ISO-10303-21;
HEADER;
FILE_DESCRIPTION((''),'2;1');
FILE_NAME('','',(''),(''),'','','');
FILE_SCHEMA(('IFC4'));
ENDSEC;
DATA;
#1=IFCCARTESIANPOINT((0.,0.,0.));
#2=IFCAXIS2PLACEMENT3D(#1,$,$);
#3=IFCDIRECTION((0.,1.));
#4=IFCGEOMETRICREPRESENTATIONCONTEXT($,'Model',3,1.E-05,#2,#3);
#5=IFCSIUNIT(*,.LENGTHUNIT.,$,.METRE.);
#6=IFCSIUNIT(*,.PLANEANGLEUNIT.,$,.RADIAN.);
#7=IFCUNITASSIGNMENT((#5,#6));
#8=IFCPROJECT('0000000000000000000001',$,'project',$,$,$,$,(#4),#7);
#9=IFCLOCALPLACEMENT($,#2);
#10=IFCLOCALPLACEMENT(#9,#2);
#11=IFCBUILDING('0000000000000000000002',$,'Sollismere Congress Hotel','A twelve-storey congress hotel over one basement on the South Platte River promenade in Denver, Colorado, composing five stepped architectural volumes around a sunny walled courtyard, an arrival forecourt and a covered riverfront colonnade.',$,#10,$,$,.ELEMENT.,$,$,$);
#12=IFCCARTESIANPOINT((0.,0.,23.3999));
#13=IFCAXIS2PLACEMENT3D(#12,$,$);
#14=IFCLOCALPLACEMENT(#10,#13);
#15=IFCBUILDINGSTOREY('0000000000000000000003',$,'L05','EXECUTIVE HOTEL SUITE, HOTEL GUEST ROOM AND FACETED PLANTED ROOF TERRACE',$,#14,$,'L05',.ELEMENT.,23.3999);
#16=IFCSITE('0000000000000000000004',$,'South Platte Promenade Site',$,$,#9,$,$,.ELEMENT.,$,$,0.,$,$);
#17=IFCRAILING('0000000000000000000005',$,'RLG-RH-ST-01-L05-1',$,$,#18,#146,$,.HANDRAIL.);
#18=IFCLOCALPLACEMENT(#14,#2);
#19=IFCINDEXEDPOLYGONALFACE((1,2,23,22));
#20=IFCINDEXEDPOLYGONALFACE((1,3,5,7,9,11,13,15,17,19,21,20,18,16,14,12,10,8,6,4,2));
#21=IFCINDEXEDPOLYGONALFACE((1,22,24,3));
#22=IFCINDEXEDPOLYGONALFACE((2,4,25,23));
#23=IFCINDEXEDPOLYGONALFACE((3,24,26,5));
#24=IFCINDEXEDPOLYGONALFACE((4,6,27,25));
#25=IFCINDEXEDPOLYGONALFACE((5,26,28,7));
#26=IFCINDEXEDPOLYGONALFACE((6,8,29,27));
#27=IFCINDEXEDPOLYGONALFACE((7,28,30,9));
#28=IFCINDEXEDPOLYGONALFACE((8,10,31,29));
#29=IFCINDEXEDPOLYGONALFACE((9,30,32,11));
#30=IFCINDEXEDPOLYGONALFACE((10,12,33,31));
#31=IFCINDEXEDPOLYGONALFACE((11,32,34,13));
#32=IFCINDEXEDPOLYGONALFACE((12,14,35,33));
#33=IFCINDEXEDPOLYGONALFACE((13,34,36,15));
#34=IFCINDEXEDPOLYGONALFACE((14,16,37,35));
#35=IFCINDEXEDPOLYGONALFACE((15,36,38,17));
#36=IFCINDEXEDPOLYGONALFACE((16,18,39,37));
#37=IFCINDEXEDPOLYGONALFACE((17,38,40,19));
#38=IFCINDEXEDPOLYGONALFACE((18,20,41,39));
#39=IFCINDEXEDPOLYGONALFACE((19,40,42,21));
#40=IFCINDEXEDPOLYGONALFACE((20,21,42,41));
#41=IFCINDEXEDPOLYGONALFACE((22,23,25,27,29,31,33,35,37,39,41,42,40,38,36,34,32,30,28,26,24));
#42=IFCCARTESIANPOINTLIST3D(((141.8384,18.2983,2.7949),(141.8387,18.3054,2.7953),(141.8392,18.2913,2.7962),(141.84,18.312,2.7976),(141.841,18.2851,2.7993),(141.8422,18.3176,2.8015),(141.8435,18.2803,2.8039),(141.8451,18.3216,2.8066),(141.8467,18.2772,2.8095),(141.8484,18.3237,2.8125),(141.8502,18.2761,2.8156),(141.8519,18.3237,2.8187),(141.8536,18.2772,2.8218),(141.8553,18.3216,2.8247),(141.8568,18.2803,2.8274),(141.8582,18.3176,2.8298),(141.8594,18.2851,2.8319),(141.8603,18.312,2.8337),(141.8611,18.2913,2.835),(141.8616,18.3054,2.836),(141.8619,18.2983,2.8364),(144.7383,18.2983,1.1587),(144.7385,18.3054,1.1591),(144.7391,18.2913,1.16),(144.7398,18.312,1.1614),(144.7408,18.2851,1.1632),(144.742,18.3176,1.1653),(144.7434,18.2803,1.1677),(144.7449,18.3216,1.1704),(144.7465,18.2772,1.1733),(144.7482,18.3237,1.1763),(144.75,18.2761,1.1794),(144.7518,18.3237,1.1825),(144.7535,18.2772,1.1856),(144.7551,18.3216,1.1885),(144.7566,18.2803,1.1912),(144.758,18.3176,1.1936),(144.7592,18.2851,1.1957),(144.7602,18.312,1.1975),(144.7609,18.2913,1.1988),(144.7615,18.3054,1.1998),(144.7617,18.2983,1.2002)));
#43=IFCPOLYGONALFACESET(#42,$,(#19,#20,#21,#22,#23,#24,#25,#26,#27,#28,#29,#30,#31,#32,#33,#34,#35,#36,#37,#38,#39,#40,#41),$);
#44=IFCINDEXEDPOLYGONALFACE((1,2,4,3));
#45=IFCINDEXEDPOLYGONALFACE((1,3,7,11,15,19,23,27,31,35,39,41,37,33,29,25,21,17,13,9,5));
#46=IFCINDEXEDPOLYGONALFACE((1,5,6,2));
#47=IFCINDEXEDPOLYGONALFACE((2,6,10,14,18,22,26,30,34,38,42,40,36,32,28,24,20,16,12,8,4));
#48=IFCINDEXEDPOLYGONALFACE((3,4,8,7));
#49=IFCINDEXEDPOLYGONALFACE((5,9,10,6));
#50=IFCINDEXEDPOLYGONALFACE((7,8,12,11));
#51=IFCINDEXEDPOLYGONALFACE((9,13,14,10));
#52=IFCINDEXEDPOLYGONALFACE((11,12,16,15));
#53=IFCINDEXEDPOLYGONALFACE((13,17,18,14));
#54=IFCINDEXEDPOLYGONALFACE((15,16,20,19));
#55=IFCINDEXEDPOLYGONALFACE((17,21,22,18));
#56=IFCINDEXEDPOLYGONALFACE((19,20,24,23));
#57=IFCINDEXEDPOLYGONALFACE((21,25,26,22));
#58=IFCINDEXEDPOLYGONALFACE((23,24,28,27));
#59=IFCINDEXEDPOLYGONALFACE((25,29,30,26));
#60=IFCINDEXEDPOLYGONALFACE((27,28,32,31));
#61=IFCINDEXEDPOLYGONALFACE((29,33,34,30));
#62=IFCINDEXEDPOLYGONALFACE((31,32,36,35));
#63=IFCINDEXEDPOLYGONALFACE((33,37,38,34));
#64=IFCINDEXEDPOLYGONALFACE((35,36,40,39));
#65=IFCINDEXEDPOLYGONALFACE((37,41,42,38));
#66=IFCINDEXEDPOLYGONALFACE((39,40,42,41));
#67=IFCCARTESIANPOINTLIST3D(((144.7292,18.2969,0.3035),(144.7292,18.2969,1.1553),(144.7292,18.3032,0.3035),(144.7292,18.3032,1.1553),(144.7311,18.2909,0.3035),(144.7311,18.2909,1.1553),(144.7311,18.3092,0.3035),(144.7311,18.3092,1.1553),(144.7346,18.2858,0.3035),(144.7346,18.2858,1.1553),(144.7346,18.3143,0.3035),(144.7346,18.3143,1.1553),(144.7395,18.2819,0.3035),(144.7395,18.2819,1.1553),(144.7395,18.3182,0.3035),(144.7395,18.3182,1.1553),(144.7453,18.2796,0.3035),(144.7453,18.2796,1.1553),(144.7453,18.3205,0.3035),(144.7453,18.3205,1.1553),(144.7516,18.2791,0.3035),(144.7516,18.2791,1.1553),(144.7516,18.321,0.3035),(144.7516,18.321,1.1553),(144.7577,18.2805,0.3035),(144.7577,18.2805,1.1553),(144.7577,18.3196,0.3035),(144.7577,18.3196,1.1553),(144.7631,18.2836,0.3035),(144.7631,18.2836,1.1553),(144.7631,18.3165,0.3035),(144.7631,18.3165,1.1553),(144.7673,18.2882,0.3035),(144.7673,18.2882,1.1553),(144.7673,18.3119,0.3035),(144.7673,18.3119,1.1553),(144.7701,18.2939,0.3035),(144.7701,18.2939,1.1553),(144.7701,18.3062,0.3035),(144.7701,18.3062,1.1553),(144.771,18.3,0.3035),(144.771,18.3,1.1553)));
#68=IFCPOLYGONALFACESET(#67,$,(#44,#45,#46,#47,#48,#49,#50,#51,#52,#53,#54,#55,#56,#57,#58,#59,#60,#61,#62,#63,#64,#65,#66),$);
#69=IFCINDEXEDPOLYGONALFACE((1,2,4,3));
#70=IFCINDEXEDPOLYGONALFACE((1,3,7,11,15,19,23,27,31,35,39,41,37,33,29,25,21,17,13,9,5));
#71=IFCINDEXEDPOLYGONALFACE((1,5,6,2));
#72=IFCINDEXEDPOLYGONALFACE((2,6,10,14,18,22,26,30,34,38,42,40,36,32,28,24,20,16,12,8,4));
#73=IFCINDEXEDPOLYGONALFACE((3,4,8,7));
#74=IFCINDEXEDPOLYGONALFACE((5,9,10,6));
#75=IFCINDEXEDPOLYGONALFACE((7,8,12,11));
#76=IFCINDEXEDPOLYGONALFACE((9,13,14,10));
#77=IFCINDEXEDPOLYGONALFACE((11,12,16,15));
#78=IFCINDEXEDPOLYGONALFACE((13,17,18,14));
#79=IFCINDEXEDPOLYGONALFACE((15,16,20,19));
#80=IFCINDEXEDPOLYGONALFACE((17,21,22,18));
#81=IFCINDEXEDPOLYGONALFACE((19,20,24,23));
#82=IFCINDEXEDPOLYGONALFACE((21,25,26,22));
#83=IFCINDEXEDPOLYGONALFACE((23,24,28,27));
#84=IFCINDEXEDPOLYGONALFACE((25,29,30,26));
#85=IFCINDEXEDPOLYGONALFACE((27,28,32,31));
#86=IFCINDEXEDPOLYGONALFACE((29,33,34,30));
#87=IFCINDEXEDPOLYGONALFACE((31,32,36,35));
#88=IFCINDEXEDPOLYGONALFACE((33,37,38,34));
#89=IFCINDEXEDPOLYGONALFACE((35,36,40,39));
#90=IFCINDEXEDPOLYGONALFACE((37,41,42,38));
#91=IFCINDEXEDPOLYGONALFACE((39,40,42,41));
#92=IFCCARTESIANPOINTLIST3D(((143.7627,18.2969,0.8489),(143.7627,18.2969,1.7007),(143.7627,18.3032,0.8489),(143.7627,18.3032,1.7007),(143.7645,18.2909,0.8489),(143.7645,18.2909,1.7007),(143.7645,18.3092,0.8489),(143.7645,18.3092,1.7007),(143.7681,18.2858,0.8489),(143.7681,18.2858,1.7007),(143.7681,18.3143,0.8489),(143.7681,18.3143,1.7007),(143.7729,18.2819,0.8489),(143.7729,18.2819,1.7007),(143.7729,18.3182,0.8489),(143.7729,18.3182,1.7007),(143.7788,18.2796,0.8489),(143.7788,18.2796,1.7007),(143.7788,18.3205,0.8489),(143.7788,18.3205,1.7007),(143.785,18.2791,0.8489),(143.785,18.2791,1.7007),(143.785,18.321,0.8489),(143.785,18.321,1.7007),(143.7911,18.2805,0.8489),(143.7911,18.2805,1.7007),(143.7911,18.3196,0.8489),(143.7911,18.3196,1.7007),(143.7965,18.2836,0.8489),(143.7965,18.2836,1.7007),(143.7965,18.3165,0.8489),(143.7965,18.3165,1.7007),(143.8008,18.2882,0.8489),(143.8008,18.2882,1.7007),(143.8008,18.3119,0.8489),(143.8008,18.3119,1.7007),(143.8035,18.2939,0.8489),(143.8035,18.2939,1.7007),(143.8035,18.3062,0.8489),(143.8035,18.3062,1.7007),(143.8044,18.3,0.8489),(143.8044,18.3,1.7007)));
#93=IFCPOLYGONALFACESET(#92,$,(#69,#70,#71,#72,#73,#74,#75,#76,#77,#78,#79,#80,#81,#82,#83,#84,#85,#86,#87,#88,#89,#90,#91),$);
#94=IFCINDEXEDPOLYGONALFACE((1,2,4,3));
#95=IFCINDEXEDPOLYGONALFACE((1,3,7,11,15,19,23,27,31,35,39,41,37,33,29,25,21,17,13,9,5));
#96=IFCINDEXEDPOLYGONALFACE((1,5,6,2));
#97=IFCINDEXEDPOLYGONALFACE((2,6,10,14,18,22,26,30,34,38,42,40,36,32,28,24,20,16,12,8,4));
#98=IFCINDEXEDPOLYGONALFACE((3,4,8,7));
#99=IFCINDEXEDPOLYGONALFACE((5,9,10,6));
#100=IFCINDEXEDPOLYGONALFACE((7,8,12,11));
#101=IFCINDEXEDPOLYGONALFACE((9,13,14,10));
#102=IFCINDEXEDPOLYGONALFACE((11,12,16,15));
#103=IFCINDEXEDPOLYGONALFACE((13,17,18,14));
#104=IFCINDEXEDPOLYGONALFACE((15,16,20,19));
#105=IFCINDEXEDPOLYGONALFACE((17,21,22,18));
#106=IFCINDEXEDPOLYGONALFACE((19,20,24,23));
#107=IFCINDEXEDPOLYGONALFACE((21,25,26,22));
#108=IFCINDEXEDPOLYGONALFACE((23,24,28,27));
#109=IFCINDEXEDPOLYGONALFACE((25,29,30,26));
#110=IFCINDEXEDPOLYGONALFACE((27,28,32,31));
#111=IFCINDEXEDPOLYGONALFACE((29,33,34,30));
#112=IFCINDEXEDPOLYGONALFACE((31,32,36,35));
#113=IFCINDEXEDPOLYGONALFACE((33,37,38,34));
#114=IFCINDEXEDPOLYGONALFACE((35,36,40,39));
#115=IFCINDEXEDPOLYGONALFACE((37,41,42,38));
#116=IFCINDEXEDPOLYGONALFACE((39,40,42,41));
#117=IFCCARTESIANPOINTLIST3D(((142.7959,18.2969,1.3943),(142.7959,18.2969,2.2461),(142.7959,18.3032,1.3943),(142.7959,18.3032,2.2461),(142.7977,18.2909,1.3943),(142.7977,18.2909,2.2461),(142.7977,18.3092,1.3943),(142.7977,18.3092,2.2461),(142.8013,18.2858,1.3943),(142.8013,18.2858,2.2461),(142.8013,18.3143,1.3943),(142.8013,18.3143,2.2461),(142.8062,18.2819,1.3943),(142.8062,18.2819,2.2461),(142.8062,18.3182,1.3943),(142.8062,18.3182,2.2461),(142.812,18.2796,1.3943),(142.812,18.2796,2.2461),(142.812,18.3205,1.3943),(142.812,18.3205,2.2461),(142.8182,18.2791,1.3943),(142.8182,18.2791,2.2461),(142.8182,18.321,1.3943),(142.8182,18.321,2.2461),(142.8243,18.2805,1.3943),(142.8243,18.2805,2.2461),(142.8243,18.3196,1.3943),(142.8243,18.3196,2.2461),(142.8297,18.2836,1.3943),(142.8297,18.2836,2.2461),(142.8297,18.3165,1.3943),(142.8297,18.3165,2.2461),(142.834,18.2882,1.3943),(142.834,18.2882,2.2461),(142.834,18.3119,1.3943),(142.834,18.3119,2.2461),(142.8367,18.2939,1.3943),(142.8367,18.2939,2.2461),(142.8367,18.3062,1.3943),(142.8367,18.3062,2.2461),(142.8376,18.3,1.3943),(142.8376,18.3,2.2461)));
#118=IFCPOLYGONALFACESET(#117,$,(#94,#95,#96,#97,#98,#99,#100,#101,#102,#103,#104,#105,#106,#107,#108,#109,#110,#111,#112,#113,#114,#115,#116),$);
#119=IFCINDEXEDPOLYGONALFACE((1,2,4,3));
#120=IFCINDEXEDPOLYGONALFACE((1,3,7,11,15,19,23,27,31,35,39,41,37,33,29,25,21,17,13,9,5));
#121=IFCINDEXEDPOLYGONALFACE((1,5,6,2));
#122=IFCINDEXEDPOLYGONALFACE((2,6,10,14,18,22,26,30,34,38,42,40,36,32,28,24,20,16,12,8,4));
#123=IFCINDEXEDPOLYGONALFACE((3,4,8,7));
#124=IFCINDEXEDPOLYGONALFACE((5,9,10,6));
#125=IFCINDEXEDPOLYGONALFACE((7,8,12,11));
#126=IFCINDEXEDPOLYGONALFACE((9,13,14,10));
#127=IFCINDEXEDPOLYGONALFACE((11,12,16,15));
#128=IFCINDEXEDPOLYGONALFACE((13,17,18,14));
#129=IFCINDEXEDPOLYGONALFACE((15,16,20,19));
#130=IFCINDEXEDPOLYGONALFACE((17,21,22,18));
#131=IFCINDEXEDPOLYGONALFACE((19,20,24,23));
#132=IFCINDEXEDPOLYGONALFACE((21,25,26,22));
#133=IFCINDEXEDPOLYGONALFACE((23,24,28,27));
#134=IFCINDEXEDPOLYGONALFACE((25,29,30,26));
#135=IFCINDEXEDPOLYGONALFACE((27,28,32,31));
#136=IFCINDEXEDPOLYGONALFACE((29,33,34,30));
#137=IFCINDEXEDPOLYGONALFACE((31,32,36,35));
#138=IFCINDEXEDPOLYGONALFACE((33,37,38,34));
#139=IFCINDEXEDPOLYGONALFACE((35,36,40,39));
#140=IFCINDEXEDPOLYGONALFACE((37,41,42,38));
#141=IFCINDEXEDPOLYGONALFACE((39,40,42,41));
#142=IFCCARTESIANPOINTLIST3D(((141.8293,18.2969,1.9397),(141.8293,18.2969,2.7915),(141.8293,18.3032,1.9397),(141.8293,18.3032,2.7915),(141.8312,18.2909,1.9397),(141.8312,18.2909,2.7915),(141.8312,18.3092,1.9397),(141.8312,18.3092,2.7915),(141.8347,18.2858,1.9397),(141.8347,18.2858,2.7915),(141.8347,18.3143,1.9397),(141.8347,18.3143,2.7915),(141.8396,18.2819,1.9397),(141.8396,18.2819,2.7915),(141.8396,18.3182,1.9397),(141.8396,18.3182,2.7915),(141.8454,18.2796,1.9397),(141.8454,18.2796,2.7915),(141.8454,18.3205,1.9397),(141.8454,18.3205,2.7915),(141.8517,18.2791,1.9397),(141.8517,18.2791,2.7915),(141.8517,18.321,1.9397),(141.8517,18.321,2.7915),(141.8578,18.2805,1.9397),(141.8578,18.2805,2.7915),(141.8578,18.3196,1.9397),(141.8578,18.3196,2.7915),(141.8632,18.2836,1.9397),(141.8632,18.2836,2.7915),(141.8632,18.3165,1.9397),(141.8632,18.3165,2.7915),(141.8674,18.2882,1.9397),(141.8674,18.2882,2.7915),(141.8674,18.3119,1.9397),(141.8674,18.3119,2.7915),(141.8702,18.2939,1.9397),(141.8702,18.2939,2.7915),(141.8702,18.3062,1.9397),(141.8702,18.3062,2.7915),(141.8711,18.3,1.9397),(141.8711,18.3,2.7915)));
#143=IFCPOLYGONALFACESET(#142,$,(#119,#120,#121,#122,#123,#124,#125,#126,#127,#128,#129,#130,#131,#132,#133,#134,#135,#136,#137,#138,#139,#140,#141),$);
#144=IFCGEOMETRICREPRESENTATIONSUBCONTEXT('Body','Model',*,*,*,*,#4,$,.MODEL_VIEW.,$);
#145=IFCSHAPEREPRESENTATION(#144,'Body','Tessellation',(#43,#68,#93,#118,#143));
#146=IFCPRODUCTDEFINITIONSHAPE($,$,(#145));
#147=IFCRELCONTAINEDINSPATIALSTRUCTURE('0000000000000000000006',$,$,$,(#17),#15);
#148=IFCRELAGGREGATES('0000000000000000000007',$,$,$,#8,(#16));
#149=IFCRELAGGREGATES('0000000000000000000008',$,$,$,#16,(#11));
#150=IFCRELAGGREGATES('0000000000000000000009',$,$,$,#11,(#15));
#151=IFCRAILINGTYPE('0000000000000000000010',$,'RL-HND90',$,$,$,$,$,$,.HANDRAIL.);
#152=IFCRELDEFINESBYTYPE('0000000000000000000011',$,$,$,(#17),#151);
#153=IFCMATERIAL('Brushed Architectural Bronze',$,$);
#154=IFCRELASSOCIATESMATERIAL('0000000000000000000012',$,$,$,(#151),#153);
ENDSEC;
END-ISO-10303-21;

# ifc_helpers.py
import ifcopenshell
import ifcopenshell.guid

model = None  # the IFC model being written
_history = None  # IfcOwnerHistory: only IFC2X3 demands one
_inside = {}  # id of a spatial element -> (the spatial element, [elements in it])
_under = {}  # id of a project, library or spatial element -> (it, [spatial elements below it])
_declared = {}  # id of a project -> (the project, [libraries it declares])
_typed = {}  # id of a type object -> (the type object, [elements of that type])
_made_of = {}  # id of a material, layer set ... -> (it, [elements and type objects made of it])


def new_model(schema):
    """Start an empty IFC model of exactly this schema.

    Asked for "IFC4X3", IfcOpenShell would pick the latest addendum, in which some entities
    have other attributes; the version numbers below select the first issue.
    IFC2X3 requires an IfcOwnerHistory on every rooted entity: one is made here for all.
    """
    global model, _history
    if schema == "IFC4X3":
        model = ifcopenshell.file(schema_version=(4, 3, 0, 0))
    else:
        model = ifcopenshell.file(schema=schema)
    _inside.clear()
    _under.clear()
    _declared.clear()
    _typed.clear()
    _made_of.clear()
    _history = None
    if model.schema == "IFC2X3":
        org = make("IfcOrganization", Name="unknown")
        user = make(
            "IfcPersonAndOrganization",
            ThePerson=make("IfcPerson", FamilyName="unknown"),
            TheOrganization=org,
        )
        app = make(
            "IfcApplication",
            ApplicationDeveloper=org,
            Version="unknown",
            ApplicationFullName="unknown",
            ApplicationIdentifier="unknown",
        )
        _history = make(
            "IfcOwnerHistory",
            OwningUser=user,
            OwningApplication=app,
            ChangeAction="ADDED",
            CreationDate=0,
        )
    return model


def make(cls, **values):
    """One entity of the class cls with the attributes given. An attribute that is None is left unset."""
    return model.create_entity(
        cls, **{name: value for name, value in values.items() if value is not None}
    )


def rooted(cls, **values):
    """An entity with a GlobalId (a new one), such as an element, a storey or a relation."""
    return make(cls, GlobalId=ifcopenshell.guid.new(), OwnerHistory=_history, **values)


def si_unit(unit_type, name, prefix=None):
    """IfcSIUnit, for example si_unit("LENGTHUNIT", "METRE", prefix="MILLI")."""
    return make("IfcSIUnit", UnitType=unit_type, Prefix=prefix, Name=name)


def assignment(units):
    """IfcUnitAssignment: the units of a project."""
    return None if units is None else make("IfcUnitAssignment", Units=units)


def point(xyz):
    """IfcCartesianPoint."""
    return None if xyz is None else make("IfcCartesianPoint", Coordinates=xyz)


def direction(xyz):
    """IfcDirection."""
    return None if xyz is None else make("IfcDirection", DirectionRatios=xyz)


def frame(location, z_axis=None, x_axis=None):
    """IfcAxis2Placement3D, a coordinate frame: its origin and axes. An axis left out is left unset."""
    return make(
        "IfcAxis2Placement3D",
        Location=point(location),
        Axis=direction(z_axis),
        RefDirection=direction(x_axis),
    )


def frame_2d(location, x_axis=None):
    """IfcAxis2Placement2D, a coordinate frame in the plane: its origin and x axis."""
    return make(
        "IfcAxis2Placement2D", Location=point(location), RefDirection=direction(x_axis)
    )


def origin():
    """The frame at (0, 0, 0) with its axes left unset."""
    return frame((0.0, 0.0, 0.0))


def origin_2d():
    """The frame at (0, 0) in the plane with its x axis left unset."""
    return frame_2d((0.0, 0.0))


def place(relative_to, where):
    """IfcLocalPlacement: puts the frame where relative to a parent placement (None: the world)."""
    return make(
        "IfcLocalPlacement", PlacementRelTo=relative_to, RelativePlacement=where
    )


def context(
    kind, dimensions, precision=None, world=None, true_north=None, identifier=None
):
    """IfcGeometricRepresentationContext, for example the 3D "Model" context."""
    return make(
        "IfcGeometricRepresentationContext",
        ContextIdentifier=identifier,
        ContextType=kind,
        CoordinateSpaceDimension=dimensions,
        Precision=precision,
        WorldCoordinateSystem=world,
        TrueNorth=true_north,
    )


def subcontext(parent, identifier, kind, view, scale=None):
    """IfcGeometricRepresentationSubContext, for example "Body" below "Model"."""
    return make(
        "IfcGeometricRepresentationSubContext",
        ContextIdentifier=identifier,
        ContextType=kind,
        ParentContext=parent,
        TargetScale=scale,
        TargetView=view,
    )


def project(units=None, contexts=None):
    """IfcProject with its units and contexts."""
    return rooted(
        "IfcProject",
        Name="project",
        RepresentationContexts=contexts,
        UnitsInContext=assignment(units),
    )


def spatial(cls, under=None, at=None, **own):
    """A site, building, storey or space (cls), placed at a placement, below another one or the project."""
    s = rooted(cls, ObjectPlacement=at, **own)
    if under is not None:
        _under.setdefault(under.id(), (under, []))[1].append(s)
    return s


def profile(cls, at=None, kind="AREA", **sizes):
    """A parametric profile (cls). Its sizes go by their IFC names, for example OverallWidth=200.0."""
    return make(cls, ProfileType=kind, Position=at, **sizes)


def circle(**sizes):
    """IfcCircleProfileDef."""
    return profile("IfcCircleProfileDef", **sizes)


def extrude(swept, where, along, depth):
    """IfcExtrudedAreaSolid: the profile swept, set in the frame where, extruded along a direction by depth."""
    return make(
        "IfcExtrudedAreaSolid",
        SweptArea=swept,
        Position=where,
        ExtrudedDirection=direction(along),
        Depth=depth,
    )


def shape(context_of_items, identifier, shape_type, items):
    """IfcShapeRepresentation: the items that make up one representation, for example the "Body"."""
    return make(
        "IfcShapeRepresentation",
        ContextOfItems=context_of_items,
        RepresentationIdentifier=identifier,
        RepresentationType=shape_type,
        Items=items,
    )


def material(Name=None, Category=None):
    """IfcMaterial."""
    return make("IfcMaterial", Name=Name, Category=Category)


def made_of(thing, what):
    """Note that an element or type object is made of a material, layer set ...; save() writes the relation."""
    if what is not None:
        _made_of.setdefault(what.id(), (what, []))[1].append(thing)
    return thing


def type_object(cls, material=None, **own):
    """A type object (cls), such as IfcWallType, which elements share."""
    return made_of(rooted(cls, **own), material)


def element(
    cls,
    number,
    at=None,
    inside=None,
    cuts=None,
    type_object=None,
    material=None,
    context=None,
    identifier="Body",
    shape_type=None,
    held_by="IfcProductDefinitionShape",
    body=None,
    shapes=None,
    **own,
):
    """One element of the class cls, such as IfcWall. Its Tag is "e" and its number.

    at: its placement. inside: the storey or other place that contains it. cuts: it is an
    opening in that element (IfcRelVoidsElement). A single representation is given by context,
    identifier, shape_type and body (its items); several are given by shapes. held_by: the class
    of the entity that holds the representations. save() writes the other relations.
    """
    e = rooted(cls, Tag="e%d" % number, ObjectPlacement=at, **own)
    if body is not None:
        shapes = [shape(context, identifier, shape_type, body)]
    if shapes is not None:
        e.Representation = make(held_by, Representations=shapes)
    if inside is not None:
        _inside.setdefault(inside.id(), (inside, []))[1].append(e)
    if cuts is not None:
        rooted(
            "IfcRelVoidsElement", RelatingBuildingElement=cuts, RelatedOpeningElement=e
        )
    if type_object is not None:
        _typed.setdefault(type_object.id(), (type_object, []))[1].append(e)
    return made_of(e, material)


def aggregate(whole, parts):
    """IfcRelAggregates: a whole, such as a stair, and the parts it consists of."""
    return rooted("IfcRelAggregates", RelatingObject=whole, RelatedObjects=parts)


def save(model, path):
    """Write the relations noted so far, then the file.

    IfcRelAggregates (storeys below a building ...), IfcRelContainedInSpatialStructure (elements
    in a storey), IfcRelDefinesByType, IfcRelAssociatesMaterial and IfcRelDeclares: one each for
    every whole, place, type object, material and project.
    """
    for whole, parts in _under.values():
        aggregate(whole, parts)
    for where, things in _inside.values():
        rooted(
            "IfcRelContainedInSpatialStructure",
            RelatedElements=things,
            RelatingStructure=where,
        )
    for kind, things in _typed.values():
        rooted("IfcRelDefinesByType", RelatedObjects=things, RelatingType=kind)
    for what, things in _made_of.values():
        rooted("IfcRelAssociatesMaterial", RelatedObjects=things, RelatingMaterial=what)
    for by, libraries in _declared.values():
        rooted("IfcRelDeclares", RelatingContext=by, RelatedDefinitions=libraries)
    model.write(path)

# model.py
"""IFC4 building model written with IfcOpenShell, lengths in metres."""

from ifc_helpers import new_model, si_unit, direction, frame, origin, origin_2d, place, context, subcontext, project, spatial, circle, extrude, material, type_object, element, save


model = new_model("IFC4")

# Units and contexts
model_context = context("Model", 3, precision=1e-05, world=origin(), true_north=direction((0.0, 1.0)))
body_context = subcontext(model_context, "Body", "Model", "MODEL_VIEW")
ifc_project = project(units=[si_unit("LENGTHUNIT", "METRE"), si_unit("PLANEANGLEUNIT", "RADIAN")], contexts=[model_context])

# Site, building, storey
site_placement = place(None, origin())
site = spatial("IfcSite", under=ifc_project, at=site_placement, Name="South Platte Promenade Site", CompositionType="ELEMENT", RefElevation=0.0)
building_placement = place(site_placement, origin())
building = spatial("IfcBuilding", under=site, at=building_placement, Name="Sollismere Congress Hotel", Description="A twelve-storey congress hotel over one basement on the South Platte River promenade in Denver, Colorado, composing five stepped architectural volumes around a sunny walled courtyard, an arrival forecourt and a covered riverfront colonnade.", CompositionType="ELEMENT")
storey_placement = place(building_placement, frame((0.0, 0.0, 23.3999)))
storey = spatial("IfcBuildingStorey", under=building, at=storey_placement, Name="L05", Description="EXECUTIVE HOTEL SUITE, HOTEL GUEST ROOM AND FACETED PLANTED ROOF TERRACE", LongName="L05", CompositionType="ELEMENT", Elevation=23.3999)

# Railing
ifc_material_1 = material(Name="Brushed Architectural Bronze")
railing_type_1 = type_object("IfcRailingType", Name="RL-HND90", PredefinedType="HANDRAIL", material=ifc_material_1)
railing_1_placement = place(storey_placement, frame((144.75, 18.3, 0.3035)))
element("IfcRailing", 1, at=railing_1_placement, inside=storey, type_object=railing_type_1, Name="RLG-RH-ST-01-L05-1", PredefinedType="HANDRAIL", context=body_context, shape_type="SweptSolid", body=[
    extrude(circle(Radius=0.0239, at=origin_2d()), frame((0.0, 0.0, 0.876), z_axis=(-0.870929, 0.0, 0.49141), x_axis=(0.0, -1.0, 0.0)), (0.0, 0.0, 1.0), 3.3296),
    extrude(circle(Radius=0.021, at=origin_2d()), origin(), (0.0, 0.0, 1.0), 0.8518),
    extrude(circle(Radius=0.021, at=origin_2d()), frame((-0.9666, 0.0, 0.5454)), (0.0, 0.0, 1.0), 0.8518),
    extrude(circle(Radius=0.021, at=origin_2d()), frame((-1.9333, 0.0, 1.0908)), (0.0, 0.0, 1.0), 0.8518),
    extrude(circle(Radius=0.021, at=origin_2d()), frame((-2.8999, 0.0, 1.6362)), (0.0, 0.0, 1.0), 0.8518),
])

save(model, "model.ifc")
